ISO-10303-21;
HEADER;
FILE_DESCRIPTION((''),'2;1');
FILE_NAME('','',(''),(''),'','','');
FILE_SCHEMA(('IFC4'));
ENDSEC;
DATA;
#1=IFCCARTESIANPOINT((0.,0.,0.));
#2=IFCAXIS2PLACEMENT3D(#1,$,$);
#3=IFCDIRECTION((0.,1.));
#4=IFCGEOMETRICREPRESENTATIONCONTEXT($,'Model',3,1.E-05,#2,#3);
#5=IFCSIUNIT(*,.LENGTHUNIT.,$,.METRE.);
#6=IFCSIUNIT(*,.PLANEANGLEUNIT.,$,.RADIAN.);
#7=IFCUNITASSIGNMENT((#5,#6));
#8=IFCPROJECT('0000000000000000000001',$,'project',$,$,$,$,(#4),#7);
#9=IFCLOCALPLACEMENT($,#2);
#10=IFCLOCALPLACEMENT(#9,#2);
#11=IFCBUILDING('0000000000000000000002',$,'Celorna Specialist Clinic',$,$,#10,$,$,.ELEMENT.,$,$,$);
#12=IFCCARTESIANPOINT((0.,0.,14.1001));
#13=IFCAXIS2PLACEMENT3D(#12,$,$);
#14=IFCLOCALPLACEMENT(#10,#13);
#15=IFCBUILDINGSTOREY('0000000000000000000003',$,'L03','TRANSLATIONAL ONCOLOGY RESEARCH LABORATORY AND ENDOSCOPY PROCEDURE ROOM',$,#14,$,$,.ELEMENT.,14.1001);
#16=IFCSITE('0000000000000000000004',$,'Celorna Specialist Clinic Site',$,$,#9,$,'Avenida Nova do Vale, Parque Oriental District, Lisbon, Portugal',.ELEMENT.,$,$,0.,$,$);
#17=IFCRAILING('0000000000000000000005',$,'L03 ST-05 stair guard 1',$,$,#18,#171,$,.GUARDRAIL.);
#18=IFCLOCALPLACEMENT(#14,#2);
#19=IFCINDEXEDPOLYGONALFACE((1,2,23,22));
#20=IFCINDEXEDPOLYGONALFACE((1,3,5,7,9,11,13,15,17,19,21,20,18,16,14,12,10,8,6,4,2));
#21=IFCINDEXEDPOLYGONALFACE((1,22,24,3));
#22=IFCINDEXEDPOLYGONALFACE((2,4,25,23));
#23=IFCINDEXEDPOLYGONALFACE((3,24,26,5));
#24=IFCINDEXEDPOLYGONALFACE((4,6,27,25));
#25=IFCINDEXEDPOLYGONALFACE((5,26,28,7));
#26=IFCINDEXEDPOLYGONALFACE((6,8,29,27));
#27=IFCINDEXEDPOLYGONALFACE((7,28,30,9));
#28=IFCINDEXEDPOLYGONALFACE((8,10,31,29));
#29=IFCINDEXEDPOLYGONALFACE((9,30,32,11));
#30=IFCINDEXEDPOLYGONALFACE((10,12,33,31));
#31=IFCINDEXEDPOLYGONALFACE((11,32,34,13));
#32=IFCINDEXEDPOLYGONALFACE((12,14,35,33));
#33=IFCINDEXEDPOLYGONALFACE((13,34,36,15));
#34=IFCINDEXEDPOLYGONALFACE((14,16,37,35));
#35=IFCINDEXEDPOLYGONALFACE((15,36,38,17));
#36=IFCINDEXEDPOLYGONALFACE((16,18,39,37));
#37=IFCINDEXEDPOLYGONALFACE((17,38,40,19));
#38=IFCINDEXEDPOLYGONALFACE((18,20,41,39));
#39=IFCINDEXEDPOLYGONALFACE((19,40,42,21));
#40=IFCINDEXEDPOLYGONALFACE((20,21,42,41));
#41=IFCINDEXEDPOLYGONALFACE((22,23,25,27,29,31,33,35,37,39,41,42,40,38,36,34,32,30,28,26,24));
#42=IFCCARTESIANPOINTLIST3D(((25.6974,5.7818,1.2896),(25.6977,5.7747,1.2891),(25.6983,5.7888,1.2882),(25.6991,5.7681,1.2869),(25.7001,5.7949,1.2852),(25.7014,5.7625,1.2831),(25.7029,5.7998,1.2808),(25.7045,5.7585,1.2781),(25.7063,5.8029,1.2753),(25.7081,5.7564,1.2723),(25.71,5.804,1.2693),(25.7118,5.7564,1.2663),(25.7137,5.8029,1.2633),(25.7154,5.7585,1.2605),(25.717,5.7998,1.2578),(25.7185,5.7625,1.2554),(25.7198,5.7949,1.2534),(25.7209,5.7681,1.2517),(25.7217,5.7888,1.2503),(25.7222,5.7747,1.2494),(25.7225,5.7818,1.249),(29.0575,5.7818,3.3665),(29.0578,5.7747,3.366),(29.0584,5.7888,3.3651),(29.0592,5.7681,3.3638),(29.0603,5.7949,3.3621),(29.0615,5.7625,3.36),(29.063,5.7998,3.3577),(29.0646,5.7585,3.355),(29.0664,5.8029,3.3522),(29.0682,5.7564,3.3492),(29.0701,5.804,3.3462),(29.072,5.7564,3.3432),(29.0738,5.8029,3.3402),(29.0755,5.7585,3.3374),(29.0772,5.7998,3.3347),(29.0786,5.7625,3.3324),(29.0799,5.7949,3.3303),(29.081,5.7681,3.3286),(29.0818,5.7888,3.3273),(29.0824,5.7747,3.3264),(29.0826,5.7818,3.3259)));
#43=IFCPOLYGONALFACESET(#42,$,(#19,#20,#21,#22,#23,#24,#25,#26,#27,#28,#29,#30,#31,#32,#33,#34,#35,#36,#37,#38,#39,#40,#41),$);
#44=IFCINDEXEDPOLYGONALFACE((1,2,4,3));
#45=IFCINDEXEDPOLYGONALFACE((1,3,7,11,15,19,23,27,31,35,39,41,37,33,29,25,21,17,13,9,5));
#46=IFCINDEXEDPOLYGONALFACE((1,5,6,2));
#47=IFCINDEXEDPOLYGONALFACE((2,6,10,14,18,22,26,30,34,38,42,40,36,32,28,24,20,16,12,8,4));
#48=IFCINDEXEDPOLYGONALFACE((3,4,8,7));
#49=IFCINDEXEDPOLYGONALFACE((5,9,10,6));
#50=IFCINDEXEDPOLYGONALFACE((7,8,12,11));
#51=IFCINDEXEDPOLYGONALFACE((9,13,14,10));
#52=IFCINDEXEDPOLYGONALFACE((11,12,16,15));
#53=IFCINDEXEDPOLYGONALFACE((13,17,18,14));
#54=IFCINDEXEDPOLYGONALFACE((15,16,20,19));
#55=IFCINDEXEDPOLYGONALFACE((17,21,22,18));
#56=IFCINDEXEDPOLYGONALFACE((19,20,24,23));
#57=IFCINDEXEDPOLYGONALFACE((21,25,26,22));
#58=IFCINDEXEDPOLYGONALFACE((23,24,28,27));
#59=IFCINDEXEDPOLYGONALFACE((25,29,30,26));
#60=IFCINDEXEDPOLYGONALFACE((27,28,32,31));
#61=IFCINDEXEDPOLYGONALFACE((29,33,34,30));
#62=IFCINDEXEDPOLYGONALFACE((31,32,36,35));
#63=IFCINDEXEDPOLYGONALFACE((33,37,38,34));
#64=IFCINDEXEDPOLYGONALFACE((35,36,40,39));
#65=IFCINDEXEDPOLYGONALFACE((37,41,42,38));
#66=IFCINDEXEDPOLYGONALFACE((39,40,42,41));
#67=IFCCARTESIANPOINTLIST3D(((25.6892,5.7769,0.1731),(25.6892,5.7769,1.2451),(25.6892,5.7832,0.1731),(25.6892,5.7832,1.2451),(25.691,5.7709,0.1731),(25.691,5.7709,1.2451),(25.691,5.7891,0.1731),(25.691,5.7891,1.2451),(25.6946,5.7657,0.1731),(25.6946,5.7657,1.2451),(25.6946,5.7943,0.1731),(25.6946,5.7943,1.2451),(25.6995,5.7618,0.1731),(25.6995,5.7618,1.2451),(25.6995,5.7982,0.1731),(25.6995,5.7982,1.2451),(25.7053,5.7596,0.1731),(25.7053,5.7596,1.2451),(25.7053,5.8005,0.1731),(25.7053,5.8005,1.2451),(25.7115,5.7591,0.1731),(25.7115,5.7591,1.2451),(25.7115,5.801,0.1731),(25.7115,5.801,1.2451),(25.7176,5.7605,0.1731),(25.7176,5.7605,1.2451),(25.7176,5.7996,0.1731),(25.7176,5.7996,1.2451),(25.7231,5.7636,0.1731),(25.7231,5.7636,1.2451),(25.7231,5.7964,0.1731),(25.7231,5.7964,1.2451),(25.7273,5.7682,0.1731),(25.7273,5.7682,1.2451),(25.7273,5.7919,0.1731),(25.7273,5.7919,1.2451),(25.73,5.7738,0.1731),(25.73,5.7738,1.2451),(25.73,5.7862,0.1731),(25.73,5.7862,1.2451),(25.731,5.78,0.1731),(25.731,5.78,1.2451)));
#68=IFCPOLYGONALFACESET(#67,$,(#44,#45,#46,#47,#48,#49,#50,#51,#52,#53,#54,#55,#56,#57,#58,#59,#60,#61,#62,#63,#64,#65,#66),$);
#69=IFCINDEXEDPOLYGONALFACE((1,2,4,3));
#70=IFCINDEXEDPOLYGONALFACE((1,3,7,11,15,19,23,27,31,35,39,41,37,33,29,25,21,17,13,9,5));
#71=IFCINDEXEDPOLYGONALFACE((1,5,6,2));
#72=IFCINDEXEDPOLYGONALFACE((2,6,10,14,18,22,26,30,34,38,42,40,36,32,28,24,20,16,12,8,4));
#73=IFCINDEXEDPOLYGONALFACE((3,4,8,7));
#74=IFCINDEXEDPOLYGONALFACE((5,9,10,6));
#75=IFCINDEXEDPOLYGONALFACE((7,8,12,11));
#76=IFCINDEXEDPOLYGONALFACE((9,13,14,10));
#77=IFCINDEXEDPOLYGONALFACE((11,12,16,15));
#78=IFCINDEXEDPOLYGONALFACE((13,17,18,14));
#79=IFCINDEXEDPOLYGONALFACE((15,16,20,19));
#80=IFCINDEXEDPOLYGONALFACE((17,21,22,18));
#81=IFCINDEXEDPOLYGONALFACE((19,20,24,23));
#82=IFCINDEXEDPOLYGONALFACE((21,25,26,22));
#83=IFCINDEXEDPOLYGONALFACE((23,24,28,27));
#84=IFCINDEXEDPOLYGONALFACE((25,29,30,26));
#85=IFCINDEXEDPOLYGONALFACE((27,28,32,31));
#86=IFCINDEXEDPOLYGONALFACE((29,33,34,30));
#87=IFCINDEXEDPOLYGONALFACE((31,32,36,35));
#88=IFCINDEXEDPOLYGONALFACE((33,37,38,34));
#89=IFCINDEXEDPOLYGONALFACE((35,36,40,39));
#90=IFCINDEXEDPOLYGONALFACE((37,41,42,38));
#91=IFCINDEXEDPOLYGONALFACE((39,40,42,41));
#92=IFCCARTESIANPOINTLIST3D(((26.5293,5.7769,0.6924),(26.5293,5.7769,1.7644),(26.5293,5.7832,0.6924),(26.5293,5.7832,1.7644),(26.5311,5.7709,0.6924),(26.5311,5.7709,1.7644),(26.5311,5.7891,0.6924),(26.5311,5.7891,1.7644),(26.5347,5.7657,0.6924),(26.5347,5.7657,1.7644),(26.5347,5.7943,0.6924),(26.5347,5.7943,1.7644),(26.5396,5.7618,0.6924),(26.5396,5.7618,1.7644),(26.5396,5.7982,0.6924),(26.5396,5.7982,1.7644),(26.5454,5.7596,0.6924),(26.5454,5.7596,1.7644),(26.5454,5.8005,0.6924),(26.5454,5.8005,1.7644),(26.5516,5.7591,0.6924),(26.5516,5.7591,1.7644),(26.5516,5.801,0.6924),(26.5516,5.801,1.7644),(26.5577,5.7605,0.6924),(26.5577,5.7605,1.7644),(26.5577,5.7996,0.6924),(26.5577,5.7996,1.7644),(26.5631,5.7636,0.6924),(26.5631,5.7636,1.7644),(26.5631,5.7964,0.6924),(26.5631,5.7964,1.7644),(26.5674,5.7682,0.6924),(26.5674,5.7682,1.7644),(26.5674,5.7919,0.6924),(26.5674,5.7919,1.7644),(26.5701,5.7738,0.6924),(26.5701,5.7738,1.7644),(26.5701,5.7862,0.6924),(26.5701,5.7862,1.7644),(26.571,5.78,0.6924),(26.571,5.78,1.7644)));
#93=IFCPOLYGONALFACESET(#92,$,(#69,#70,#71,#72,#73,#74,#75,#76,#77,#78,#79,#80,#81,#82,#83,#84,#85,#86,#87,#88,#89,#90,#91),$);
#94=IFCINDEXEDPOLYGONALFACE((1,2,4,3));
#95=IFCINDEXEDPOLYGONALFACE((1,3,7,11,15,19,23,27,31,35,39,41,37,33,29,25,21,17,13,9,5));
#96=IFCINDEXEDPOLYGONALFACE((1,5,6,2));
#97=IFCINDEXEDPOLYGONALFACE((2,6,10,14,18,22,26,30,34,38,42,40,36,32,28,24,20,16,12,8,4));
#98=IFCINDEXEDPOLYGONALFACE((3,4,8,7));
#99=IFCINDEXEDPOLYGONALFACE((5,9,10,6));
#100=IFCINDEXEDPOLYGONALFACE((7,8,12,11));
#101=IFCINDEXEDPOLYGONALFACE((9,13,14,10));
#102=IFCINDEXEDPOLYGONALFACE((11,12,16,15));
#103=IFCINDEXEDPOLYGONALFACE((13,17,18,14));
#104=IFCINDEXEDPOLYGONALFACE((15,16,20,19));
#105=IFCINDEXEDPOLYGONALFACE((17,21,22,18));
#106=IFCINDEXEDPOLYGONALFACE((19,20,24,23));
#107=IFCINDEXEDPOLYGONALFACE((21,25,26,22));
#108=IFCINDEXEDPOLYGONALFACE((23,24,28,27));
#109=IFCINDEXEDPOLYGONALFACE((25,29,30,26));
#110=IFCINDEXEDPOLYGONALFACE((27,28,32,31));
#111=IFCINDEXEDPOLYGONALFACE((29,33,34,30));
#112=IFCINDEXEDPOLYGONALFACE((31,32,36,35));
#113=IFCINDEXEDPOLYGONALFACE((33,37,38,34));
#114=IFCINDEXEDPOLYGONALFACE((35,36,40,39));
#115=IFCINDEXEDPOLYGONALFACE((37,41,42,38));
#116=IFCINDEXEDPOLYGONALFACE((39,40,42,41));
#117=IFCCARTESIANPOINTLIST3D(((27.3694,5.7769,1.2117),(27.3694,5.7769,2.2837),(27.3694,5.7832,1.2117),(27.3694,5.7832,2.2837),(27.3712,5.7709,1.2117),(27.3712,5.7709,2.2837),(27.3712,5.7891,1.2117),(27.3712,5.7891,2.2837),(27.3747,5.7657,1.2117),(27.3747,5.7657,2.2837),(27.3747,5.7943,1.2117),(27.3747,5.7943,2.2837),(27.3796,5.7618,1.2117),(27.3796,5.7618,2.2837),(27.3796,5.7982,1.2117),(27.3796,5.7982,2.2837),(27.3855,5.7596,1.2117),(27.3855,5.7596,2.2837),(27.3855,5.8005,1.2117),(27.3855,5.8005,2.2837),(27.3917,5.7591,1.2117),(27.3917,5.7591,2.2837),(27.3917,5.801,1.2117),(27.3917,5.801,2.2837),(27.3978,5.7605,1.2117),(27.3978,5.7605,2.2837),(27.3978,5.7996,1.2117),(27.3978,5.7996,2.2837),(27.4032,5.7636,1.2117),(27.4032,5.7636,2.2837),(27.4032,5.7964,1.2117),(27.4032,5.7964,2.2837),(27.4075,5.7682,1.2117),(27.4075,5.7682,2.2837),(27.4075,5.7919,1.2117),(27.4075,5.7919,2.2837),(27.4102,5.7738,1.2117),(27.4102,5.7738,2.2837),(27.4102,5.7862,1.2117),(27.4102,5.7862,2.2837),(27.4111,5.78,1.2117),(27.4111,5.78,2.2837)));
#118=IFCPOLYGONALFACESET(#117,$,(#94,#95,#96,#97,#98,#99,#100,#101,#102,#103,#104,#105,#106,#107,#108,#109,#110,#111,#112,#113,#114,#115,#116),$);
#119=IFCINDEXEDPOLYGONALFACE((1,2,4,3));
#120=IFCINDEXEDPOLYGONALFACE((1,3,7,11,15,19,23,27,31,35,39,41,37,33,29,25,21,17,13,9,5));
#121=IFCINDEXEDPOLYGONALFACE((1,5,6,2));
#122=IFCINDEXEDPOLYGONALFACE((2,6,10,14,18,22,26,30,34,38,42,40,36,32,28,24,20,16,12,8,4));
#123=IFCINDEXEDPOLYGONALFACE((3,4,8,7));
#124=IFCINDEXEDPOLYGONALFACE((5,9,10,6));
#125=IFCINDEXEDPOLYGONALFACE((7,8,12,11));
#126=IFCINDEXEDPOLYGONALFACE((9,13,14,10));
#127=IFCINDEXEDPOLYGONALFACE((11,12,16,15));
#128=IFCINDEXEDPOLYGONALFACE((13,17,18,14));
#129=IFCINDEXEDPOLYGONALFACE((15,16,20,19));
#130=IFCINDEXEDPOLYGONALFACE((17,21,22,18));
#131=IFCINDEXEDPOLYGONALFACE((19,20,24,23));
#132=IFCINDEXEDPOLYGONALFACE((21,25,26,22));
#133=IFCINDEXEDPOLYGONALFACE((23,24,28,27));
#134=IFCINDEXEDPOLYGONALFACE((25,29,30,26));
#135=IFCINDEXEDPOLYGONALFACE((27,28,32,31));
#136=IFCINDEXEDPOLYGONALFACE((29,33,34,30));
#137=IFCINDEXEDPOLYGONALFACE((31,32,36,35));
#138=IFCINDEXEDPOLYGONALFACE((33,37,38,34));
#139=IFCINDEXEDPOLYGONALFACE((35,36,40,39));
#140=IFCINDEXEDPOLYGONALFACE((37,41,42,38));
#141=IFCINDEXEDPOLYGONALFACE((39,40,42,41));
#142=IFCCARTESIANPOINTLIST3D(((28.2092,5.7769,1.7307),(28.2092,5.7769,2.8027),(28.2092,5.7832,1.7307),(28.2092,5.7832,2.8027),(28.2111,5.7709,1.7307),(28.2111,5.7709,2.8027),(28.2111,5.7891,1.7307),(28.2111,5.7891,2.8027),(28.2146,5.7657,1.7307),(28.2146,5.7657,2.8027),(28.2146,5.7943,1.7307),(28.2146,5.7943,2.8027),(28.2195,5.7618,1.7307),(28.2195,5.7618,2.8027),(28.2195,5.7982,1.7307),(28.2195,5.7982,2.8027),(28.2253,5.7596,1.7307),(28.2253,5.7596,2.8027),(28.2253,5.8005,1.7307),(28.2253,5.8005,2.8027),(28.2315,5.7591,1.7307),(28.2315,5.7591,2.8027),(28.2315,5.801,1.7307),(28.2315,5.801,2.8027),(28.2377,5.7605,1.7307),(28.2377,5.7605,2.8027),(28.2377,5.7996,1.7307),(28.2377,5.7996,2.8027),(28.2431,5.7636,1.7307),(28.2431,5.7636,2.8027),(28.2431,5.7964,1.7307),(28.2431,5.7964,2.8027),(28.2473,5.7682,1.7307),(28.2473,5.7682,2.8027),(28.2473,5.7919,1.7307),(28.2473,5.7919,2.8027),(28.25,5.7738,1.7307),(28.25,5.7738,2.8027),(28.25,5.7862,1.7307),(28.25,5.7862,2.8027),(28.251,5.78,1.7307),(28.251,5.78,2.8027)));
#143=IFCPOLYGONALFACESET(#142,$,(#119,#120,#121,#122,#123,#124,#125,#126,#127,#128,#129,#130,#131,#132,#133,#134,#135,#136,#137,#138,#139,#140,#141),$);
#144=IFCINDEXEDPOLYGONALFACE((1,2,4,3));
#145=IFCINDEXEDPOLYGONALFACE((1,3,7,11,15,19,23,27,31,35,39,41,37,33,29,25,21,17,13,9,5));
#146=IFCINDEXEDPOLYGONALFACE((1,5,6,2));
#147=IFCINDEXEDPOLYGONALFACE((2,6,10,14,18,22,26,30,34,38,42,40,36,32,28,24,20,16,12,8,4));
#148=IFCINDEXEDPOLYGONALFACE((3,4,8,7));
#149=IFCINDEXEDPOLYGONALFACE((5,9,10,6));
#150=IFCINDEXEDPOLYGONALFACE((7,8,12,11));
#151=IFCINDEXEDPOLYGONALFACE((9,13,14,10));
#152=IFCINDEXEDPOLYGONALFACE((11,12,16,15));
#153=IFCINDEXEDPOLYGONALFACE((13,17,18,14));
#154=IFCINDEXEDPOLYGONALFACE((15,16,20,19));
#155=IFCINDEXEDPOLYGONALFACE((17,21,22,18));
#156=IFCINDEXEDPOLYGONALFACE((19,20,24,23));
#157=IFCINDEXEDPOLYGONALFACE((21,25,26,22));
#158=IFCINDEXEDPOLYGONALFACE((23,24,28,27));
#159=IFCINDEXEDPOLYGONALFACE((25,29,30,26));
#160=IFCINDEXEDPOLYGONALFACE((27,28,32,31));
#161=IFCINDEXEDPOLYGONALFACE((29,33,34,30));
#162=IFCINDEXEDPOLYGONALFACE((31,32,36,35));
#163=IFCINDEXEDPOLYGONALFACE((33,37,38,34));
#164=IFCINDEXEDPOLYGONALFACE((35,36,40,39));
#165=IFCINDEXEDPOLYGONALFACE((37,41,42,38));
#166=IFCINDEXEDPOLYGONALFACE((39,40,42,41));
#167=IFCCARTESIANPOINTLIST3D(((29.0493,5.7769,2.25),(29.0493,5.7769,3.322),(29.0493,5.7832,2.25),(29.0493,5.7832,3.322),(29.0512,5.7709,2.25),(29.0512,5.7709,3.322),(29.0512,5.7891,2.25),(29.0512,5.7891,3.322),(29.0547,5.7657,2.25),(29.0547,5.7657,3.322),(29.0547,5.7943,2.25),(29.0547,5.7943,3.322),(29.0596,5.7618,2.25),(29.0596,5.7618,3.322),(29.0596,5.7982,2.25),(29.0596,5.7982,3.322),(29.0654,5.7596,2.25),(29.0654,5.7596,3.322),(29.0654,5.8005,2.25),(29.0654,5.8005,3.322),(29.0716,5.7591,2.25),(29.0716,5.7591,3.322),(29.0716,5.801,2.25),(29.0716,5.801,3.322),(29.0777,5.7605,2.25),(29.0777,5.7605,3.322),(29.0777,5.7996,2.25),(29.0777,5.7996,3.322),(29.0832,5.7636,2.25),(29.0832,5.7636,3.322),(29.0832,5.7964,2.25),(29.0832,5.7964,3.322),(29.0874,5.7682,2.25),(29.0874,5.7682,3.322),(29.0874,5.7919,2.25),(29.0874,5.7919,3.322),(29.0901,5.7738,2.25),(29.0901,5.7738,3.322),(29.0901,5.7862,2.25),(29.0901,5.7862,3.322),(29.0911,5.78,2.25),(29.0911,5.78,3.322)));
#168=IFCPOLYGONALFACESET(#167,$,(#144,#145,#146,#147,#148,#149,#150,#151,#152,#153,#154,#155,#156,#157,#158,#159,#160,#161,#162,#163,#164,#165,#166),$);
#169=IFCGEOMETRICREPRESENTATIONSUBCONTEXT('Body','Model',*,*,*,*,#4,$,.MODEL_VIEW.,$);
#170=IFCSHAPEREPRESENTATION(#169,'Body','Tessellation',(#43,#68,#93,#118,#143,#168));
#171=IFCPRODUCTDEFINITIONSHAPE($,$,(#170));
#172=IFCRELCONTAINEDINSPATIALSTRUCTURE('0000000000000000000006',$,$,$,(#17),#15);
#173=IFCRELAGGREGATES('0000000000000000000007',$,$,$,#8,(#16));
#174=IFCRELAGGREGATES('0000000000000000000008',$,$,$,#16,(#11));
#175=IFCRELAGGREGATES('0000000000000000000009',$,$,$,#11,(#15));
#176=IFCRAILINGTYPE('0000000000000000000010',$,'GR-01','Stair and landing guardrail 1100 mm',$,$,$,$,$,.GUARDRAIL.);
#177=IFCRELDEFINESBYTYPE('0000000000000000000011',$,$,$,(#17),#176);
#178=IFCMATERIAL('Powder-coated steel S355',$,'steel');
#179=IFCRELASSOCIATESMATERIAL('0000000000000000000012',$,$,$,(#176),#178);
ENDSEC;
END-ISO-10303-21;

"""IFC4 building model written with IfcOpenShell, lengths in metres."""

from ifc_helpers import new_model, si_unit, direction, frame, origin, origin_2d, place, context, subcontext, project, spatial, circle, extrude, material, type_object, element, save


model = new_model("IFC4")

# Units and contexts
model_context = context("Model", 3, precision=1e-05, world=origin(), true_north=direction((0.0, 1.0)))
body_context = subcontext(model_context, "Body", "Model", "MODEL_VIEW")
ifc_project = project(units=[si_unit("LENGTHUNIT", "METRE"), si_unit("PLANEANGLEUNIT", "RADIAN")], contexts=[model_context])

# Site, building, storey
site_placement = place(None, origin())
site = spatial("IfcSite", under=ifc_project, at=site_placement, Name="Celorna Specialist Clinic Site", LongName="Avenida Nova do Vale, Parque Oriental District, Lisbon, Portugal", CompositionType="ELEMENT", RefElevation=0.0)
building_placement = place(site_placement, origin())
building = spatial("IfcBuilding", under=site, at=building_placement, Name="Celorna Specialist Clinic", CompositionType="ELEMENT")
storey_placement = place(building_placement, frame((0.0, 0.0, 14.1001)))
storey = spatial("IfcBuildingStorey", under=building, at=storey_placement, Name="L03", Description="TRANSLATIONAL ONCOLOGY RESEARCH LABORATORY AND ENDOSCOPY PROCEDURE ROOM", CompositionType="ELEMENT", Elevation=14.1001)

# Railing
ifc_material_1 = material(Name="Powder-coated steel S355", Category="steel")
railing_type_1 = type_object("IfcRailingType", Name="GR-01", Description="Stair and landing guardrail 1100 mm", PredefinedType="GUARDRAIL", material=ifc_material_1)
railing_1_placement = place(storey_placement, frame((25.71, 5.78, 0.1731)))
element("IfcRailing", 1, at=railing_1_placement, inside=storey, type_object=railing_type_1, Name="L03 ST-05 stair guard 1", PredefinedType="GUARDRAIL", context=body_context, shape_type="SweptSolid", body=[
    extrude(circle(Radius=0.0239, at=origin_2d()), frame((0.0, 0.0, 1.0962), z_axis=(0.850623, 0.0, 0.525776), x_axis=(0.0, 1.0, 0.0)), (0.0, 0.0, 1.0), 3.9502),
    extrude(circle(Radius=0.021, at=origin_2d()), origin(), (0.0, 0.0, 1.0), 1.072),
    extrude(circle(Radius=0.021, at=origin_2d()), frame((0.8401, 0.0, 0.5193)), (0.0, 0.0, 1.0), 1.072),
    extrude(circle(Radius=0.021, at=origin_2d()), frame((1.6802, 0.0, 1.0386)), (0.0, 0.0, 1.0), 1.072),
    extrude(circle(Radius=0.021, at=origin_2d()), frame((2.52, 0.0, 1.5576)), (0.0, 0.0, 1.0), 1.072),
    extrude(circle(Radius=0.021, at=origin_2d()), frame((3.3601, 0.0, 2.0769)), (0.0, 0.0, 1.0), 1.072),
])

save(model, "model.ifc")
